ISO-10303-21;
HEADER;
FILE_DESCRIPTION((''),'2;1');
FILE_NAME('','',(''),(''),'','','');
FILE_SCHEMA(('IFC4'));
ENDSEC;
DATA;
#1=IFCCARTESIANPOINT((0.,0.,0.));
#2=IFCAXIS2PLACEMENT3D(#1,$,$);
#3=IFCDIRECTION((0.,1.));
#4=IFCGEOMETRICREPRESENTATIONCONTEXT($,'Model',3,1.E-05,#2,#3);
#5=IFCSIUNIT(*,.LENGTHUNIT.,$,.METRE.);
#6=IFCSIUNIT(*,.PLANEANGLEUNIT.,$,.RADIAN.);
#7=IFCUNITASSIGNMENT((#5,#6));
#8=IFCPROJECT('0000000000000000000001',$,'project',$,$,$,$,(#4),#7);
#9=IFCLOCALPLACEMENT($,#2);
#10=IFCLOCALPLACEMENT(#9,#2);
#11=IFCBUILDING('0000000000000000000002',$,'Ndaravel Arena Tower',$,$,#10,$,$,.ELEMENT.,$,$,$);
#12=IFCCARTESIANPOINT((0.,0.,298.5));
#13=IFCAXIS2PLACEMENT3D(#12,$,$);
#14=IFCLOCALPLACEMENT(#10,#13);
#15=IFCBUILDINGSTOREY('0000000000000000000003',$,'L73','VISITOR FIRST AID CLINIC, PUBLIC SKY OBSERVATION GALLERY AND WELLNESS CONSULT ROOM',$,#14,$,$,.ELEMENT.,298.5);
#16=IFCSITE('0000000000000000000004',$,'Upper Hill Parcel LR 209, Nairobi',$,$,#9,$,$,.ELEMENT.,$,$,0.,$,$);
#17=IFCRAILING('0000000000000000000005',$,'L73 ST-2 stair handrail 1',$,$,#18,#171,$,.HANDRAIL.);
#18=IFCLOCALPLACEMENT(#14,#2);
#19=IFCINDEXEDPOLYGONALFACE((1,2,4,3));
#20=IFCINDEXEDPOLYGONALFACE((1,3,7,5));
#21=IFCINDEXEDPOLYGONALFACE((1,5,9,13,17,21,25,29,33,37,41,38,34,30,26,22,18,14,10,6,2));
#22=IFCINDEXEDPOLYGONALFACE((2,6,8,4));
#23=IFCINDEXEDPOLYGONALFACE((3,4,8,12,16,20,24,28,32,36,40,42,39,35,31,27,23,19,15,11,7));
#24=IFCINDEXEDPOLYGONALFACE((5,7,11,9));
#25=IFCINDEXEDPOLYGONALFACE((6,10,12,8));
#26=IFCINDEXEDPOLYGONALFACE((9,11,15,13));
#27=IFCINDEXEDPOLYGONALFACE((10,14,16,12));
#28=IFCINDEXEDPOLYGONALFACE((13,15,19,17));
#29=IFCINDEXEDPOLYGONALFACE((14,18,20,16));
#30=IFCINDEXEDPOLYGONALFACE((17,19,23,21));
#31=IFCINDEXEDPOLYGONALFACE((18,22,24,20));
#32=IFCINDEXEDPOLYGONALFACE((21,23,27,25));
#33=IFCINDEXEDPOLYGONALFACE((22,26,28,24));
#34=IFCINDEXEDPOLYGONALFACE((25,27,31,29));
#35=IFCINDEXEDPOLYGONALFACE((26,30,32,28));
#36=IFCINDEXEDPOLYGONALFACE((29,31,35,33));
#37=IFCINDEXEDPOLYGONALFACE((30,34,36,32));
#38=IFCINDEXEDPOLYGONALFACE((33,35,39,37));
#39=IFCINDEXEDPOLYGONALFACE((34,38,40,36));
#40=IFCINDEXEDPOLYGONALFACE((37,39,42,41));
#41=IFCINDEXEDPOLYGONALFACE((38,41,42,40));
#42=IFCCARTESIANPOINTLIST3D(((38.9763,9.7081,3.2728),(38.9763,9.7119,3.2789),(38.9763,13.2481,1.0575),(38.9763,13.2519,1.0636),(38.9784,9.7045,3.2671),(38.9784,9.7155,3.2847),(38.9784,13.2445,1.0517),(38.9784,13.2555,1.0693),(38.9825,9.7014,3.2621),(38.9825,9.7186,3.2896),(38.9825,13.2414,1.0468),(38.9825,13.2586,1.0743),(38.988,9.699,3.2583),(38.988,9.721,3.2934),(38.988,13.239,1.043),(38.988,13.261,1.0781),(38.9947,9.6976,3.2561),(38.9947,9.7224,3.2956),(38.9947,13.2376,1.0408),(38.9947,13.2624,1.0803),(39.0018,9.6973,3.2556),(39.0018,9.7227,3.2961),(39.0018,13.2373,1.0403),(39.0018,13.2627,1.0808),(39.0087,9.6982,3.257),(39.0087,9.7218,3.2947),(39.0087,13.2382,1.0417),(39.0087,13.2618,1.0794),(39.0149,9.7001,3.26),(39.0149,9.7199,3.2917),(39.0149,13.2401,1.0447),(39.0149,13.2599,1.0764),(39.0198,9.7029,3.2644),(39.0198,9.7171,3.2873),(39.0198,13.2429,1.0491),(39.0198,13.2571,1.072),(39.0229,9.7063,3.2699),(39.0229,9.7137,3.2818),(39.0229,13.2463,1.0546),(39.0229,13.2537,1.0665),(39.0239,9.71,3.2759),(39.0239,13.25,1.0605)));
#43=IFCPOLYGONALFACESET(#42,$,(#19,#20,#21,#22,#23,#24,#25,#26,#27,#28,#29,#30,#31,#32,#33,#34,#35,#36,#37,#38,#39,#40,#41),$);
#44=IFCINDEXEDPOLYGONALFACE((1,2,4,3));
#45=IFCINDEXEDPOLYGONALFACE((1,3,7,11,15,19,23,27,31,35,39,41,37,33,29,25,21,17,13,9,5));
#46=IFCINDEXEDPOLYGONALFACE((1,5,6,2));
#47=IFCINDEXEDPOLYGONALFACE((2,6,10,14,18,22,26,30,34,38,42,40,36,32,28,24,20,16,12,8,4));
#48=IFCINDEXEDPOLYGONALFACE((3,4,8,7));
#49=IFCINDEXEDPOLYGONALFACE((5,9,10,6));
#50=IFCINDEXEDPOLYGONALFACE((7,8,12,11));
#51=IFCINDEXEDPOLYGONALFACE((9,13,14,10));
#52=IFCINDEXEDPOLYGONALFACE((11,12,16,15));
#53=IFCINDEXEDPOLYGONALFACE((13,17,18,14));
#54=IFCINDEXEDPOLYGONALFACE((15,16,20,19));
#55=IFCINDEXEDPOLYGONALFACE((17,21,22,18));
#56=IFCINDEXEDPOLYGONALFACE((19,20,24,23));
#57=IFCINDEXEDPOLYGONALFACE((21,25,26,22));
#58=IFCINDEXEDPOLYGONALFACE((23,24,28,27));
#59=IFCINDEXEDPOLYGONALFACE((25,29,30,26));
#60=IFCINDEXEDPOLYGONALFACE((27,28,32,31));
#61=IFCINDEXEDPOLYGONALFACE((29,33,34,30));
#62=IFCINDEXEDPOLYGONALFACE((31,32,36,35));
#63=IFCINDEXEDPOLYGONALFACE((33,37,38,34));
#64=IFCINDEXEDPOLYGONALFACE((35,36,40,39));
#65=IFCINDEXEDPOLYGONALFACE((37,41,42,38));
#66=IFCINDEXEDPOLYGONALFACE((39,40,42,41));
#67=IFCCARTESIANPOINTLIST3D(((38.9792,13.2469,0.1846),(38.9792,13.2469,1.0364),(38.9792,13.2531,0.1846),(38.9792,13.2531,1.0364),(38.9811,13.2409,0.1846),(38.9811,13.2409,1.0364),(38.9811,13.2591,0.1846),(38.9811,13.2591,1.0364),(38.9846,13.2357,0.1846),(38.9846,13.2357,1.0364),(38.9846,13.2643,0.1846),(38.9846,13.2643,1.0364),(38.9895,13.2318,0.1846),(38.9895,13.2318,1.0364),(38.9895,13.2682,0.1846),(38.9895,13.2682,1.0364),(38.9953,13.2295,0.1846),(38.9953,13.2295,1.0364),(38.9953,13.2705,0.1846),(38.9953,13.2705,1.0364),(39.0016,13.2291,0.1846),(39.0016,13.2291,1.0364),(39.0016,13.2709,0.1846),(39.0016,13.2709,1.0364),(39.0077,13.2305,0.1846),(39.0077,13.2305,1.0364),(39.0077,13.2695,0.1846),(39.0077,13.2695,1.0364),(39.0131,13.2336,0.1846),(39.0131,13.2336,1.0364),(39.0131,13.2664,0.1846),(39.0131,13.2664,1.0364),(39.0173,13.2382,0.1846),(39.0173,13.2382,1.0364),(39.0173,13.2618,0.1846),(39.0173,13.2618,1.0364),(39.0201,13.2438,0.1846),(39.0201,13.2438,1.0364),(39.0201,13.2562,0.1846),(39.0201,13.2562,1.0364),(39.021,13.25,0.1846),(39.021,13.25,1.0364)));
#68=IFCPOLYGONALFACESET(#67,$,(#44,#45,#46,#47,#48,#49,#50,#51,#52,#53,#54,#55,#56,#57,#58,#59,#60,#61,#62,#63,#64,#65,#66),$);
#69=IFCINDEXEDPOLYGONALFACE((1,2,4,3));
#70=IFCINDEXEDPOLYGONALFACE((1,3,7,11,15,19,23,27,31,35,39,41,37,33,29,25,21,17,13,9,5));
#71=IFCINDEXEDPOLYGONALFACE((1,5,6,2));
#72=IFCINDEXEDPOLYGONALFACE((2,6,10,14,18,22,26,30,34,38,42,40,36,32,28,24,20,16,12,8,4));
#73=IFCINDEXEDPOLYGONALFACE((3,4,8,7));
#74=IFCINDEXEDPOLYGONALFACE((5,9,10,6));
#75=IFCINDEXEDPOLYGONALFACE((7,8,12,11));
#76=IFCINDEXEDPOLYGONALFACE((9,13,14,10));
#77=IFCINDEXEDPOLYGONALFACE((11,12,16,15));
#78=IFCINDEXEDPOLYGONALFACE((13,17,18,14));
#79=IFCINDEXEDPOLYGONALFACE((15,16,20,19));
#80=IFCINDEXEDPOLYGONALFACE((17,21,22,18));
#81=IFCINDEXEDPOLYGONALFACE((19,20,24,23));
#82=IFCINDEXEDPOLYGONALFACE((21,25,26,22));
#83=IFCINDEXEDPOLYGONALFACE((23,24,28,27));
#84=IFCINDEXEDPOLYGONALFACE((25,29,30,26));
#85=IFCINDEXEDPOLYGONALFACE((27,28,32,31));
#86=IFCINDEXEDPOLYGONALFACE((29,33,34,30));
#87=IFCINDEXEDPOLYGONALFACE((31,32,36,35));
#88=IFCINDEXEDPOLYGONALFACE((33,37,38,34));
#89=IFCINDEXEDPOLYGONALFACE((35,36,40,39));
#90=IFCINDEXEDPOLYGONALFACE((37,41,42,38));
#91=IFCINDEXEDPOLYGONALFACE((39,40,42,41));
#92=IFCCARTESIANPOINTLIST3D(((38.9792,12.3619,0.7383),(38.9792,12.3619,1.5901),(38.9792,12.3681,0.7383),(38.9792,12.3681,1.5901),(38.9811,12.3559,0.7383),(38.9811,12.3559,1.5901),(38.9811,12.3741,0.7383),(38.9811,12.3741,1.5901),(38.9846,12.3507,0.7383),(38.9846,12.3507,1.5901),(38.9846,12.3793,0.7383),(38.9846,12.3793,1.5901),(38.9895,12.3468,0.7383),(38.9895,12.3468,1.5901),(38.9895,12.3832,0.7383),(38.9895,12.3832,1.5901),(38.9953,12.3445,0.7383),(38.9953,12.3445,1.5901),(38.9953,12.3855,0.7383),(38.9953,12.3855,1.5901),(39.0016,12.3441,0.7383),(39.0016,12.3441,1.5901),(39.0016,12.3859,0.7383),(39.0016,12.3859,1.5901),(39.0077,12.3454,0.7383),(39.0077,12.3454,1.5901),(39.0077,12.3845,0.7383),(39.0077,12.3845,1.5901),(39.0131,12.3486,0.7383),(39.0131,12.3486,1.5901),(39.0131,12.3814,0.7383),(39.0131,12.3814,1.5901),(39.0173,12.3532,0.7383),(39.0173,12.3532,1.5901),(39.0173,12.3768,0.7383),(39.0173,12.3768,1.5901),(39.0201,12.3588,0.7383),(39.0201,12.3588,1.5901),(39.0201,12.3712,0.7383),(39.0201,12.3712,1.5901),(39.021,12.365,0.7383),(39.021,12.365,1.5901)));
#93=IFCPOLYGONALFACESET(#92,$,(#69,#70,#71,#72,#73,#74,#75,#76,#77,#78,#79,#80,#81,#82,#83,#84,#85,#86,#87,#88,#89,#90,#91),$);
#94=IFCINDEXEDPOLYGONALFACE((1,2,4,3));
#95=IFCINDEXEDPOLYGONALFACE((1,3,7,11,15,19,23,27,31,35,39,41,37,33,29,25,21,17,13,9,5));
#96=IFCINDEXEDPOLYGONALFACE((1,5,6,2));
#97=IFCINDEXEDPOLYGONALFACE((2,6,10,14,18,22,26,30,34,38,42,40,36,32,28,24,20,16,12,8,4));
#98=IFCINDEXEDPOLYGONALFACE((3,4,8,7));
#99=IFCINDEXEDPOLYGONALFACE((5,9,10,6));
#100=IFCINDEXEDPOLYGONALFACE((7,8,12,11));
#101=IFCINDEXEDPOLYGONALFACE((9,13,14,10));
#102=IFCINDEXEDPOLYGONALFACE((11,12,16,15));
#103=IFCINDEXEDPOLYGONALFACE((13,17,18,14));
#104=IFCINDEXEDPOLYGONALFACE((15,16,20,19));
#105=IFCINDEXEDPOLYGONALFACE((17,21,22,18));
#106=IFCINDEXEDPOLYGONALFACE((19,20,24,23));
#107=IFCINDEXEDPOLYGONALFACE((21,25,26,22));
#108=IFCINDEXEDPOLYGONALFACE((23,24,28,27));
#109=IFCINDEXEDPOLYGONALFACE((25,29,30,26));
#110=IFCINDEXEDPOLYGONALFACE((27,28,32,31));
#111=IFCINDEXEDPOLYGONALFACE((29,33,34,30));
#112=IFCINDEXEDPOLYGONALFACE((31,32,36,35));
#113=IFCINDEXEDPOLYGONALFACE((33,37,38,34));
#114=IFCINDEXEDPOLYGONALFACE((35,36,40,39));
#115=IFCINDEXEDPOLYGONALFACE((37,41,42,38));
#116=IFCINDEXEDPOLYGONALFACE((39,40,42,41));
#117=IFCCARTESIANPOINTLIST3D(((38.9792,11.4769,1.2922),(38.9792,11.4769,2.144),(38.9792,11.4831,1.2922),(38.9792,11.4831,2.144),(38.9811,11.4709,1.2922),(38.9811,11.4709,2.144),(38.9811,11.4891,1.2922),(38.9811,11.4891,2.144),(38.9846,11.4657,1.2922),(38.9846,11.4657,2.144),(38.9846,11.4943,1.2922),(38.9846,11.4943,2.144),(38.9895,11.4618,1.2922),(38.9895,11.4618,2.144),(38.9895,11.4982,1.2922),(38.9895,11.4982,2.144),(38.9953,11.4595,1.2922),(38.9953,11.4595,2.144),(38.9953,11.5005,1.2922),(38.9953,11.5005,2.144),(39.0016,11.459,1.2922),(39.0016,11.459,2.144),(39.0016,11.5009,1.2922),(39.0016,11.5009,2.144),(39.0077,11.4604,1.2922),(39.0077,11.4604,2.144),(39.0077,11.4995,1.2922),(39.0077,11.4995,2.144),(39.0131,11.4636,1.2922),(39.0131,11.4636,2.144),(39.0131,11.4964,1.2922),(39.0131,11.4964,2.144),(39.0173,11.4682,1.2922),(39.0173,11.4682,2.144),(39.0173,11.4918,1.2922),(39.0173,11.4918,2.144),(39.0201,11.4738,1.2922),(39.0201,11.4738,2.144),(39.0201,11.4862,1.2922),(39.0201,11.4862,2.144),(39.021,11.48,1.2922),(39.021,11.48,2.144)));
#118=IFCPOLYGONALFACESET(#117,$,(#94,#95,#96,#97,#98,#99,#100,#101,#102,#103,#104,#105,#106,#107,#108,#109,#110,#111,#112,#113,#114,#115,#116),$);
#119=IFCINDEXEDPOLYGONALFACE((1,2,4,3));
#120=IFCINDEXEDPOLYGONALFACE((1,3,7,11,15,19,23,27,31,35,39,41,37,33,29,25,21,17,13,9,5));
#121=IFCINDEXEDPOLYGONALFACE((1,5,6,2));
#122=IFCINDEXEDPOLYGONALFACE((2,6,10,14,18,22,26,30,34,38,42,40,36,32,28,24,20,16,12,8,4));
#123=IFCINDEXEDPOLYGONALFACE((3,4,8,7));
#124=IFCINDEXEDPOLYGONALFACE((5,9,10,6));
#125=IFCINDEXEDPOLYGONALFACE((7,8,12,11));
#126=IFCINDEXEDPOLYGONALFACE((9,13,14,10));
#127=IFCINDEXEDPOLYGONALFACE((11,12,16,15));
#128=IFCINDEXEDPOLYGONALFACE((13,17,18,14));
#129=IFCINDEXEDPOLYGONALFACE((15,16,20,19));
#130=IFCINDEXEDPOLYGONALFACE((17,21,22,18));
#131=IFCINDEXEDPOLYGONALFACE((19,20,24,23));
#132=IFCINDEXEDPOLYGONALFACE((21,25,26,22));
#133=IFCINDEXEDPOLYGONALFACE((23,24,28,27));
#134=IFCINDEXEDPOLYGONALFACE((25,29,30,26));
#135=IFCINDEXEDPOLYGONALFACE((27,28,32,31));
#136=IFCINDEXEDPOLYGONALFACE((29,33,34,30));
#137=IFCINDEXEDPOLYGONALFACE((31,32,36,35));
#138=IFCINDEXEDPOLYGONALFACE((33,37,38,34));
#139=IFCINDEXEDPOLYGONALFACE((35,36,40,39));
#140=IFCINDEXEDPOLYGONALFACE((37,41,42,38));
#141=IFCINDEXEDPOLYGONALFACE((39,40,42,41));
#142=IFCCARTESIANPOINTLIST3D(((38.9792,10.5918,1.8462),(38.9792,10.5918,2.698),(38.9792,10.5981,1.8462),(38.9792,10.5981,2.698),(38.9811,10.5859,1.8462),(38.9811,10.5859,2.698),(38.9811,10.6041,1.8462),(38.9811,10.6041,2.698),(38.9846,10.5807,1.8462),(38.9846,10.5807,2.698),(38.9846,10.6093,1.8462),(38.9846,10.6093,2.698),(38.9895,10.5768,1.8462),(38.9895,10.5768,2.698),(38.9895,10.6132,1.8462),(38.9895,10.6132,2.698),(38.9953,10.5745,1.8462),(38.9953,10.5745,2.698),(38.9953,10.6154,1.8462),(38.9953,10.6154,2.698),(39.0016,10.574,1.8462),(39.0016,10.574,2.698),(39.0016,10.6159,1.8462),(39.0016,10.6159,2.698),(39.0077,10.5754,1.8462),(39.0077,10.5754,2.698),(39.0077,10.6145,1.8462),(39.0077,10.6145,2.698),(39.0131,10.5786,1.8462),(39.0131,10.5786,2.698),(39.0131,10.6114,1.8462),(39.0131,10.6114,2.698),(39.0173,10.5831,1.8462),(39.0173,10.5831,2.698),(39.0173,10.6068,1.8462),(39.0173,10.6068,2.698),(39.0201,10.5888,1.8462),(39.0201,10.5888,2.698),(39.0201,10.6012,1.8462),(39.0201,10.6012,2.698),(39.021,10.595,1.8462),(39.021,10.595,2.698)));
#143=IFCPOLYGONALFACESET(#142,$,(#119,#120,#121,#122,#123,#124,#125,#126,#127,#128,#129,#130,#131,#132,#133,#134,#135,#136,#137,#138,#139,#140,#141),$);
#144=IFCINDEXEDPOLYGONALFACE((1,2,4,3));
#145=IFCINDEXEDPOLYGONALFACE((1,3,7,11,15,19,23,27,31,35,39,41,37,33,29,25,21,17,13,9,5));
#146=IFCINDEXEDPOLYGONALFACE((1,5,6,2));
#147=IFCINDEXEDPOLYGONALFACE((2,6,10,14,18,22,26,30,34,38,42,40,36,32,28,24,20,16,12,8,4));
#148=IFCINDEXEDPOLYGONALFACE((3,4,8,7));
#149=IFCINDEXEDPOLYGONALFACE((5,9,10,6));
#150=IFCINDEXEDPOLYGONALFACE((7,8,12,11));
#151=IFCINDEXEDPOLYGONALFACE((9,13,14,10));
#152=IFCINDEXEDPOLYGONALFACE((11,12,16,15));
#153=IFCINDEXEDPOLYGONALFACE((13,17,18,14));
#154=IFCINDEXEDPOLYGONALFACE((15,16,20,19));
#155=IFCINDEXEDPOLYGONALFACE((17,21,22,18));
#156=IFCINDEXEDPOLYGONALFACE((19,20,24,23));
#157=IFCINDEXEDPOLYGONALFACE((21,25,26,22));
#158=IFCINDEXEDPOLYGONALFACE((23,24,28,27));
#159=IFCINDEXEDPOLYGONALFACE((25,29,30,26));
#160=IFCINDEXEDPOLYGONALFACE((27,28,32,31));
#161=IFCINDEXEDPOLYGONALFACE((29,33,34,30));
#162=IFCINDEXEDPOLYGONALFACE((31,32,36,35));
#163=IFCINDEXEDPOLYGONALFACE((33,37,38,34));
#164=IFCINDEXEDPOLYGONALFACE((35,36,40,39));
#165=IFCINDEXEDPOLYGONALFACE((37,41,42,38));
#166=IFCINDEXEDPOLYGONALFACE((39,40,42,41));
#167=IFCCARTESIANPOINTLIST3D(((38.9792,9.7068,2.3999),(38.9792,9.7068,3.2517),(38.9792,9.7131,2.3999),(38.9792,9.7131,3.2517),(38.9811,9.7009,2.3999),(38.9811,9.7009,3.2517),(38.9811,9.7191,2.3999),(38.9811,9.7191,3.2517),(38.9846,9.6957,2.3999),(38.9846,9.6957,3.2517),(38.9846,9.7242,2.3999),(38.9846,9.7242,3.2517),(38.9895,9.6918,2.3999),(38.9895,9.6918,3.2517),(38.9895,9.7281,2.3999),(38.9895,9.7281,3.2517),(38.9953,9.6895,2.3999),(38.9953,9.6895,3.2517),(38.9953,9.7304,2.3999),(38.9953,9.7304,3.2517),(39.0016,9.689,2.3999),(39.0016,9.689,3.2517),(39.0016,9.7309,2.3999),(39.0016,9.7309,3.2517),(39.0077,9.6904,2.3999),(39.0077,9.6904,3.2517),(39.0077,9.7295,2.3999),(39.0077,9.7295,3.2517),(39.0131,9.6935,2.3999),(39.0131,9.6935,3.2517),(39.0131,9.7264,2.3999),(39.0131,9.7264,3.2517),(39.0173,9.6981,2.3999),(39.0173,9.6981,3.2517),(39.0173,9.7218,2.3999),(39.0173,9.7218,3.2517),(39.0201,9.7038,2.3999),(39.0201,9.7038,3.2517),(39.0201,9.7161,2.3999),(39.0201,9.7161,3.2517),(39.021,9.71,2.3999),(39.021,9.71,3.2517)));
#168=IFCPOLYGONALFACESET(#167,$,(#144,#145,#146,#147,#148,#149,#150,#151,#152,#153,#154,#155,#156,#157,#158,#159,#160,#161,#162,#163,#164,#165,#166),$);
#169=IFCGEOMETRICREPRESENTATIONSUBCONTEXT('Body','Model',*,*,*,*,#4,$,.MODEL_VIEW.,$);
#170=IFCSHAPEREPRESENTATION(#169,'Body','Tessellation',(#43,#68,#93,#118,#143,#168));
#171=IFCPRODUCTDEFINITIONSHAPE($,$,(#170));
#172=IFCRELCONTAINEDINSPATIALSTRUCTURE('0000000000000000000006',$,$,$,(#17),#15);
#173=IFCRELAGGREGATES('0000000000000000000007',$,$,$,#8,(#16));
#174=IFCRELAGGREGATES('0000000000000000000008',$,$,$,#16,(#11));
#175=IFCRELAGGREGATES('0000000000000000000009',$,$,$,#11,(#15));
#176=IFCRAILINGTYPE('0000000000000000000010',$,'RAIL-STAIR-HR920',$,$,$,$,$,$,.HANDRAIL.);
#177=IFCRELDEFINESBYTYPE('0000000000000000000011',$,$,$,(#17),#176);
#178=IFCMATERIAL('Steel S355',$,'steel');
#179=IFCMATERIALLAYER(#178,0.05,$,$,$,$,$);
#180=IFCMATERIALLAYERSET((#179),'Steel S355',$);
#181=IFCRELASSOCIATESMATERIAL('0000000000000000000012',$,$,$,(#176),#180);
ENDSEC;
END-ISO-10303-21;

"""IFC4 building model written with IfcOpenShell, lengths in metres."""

from ifc_helpers import new_model, si_unit, direction, frame, origin, origin_2d, place, context, subcontext, project, spatial, circle, extrude, material, layer, layer_set, type_object, element, save


model = new_model("IFC4")

# Units and contexts
model_context = context("Model", 3, precision=1e-05, world=origin(), true_north=direction((0.0, 1.0)))
body_context = subcontext(model_context, "Body", "Model", "MODEL_VIEW")
ifc_project = project(units=[si_unit("LENGTHUNIT", "METRE"), si_unit("PLANEANGLEUNIT", "RADIAN")], contexts=[model_context])

# Site, building, storey
site_placement = place(None, origin())
site = spatial("IfcSite", under=ifc_project, at=site_placement, Name="Upper Hill Parcel LR 209, Nairobi", CompositionType="ELEMENT", RefElevation=0.0)
building_placement = place(site_placement, origin())
building = spatial("IfcBuilding", under=site, at=building_placement, Name="Ndaravel Arena Tower", CompositionType="ELEMENT")
storey_placement = place(building_placement, frame((0.0, 0.0, 298.5)))
storey = spatial("IfcBuildingStorey", under=building, at=storey_placement, Name="L73", Description="VISITOR FIRST AID CLINIC, PUBLIC SKY OBSERVATION GALLERY AND WELLNESS CONSULT ROOM", CompositionType="ELEMENT", Elevation=298.5)

# Railing
ifc_material_1 = material(Name="Steel S355", Category="steel")
ifc_layer_1 = layer(ifc_material_1, 0.05)
ifc_layer_set_1 = layer_set([ifc_layer_1], Name="Steel S355")
railing_type_1 = type_object("IfcRailingType", Name="RAIL-STAIR-HR920", PredefinedType="HANDRAIL", material=ifc_layer_set_1)
railing_1_placement = place(storey_placement, frame((39.0, 13.25, 0.1846)))
element("IfcRailing", 1, at=railing_1_placement, inside=storey, type_object=railing_type_1, Name="L73 ST-2 stair handrail 1", PredefinedType="HANDRAIL", context=body_context, shape_type="SweptSolid", body=[
    extrude(circle(Radius=0.0239, at=origin_2d()), frame((0.0, 0.0, 0.876), z_axis=(0.0, -0.847696, 0.530482), x_axis=(1.0, 0.0, 0.0)), (0.0, 0.0, 1.0), 4.176),
    extrude(circle(Radius=0.021, at=origin_2d()), origin(), (0.0, 0.0, 1.0), 0.8518),
    extrude(circle(Radius=0.021, at=origin_2d()), frame((0.0, -0.885, 0.5537)), (0.0, 0.0, 1.0), 0.8518),
    extrude(circle(Radius=0.021, at=origin_2d()), frame((0.0, -1.77, 1.1077)), (0.0, 0.0, 1.0), 0.8518),
    extrude(circle(Radius=0.021, at=origin_2d()), frame((0.0, -2.655, 1.6616)), (0.0, 0.0, 1.0), 0.8518),
    extrude(circle(Radius=0.021, at=origin_2d()), frame((0.0, -3.54, 2.2153)), (0.0, 0.0, 1.0), 0.8518),
])

save(model, "model.ifc")
